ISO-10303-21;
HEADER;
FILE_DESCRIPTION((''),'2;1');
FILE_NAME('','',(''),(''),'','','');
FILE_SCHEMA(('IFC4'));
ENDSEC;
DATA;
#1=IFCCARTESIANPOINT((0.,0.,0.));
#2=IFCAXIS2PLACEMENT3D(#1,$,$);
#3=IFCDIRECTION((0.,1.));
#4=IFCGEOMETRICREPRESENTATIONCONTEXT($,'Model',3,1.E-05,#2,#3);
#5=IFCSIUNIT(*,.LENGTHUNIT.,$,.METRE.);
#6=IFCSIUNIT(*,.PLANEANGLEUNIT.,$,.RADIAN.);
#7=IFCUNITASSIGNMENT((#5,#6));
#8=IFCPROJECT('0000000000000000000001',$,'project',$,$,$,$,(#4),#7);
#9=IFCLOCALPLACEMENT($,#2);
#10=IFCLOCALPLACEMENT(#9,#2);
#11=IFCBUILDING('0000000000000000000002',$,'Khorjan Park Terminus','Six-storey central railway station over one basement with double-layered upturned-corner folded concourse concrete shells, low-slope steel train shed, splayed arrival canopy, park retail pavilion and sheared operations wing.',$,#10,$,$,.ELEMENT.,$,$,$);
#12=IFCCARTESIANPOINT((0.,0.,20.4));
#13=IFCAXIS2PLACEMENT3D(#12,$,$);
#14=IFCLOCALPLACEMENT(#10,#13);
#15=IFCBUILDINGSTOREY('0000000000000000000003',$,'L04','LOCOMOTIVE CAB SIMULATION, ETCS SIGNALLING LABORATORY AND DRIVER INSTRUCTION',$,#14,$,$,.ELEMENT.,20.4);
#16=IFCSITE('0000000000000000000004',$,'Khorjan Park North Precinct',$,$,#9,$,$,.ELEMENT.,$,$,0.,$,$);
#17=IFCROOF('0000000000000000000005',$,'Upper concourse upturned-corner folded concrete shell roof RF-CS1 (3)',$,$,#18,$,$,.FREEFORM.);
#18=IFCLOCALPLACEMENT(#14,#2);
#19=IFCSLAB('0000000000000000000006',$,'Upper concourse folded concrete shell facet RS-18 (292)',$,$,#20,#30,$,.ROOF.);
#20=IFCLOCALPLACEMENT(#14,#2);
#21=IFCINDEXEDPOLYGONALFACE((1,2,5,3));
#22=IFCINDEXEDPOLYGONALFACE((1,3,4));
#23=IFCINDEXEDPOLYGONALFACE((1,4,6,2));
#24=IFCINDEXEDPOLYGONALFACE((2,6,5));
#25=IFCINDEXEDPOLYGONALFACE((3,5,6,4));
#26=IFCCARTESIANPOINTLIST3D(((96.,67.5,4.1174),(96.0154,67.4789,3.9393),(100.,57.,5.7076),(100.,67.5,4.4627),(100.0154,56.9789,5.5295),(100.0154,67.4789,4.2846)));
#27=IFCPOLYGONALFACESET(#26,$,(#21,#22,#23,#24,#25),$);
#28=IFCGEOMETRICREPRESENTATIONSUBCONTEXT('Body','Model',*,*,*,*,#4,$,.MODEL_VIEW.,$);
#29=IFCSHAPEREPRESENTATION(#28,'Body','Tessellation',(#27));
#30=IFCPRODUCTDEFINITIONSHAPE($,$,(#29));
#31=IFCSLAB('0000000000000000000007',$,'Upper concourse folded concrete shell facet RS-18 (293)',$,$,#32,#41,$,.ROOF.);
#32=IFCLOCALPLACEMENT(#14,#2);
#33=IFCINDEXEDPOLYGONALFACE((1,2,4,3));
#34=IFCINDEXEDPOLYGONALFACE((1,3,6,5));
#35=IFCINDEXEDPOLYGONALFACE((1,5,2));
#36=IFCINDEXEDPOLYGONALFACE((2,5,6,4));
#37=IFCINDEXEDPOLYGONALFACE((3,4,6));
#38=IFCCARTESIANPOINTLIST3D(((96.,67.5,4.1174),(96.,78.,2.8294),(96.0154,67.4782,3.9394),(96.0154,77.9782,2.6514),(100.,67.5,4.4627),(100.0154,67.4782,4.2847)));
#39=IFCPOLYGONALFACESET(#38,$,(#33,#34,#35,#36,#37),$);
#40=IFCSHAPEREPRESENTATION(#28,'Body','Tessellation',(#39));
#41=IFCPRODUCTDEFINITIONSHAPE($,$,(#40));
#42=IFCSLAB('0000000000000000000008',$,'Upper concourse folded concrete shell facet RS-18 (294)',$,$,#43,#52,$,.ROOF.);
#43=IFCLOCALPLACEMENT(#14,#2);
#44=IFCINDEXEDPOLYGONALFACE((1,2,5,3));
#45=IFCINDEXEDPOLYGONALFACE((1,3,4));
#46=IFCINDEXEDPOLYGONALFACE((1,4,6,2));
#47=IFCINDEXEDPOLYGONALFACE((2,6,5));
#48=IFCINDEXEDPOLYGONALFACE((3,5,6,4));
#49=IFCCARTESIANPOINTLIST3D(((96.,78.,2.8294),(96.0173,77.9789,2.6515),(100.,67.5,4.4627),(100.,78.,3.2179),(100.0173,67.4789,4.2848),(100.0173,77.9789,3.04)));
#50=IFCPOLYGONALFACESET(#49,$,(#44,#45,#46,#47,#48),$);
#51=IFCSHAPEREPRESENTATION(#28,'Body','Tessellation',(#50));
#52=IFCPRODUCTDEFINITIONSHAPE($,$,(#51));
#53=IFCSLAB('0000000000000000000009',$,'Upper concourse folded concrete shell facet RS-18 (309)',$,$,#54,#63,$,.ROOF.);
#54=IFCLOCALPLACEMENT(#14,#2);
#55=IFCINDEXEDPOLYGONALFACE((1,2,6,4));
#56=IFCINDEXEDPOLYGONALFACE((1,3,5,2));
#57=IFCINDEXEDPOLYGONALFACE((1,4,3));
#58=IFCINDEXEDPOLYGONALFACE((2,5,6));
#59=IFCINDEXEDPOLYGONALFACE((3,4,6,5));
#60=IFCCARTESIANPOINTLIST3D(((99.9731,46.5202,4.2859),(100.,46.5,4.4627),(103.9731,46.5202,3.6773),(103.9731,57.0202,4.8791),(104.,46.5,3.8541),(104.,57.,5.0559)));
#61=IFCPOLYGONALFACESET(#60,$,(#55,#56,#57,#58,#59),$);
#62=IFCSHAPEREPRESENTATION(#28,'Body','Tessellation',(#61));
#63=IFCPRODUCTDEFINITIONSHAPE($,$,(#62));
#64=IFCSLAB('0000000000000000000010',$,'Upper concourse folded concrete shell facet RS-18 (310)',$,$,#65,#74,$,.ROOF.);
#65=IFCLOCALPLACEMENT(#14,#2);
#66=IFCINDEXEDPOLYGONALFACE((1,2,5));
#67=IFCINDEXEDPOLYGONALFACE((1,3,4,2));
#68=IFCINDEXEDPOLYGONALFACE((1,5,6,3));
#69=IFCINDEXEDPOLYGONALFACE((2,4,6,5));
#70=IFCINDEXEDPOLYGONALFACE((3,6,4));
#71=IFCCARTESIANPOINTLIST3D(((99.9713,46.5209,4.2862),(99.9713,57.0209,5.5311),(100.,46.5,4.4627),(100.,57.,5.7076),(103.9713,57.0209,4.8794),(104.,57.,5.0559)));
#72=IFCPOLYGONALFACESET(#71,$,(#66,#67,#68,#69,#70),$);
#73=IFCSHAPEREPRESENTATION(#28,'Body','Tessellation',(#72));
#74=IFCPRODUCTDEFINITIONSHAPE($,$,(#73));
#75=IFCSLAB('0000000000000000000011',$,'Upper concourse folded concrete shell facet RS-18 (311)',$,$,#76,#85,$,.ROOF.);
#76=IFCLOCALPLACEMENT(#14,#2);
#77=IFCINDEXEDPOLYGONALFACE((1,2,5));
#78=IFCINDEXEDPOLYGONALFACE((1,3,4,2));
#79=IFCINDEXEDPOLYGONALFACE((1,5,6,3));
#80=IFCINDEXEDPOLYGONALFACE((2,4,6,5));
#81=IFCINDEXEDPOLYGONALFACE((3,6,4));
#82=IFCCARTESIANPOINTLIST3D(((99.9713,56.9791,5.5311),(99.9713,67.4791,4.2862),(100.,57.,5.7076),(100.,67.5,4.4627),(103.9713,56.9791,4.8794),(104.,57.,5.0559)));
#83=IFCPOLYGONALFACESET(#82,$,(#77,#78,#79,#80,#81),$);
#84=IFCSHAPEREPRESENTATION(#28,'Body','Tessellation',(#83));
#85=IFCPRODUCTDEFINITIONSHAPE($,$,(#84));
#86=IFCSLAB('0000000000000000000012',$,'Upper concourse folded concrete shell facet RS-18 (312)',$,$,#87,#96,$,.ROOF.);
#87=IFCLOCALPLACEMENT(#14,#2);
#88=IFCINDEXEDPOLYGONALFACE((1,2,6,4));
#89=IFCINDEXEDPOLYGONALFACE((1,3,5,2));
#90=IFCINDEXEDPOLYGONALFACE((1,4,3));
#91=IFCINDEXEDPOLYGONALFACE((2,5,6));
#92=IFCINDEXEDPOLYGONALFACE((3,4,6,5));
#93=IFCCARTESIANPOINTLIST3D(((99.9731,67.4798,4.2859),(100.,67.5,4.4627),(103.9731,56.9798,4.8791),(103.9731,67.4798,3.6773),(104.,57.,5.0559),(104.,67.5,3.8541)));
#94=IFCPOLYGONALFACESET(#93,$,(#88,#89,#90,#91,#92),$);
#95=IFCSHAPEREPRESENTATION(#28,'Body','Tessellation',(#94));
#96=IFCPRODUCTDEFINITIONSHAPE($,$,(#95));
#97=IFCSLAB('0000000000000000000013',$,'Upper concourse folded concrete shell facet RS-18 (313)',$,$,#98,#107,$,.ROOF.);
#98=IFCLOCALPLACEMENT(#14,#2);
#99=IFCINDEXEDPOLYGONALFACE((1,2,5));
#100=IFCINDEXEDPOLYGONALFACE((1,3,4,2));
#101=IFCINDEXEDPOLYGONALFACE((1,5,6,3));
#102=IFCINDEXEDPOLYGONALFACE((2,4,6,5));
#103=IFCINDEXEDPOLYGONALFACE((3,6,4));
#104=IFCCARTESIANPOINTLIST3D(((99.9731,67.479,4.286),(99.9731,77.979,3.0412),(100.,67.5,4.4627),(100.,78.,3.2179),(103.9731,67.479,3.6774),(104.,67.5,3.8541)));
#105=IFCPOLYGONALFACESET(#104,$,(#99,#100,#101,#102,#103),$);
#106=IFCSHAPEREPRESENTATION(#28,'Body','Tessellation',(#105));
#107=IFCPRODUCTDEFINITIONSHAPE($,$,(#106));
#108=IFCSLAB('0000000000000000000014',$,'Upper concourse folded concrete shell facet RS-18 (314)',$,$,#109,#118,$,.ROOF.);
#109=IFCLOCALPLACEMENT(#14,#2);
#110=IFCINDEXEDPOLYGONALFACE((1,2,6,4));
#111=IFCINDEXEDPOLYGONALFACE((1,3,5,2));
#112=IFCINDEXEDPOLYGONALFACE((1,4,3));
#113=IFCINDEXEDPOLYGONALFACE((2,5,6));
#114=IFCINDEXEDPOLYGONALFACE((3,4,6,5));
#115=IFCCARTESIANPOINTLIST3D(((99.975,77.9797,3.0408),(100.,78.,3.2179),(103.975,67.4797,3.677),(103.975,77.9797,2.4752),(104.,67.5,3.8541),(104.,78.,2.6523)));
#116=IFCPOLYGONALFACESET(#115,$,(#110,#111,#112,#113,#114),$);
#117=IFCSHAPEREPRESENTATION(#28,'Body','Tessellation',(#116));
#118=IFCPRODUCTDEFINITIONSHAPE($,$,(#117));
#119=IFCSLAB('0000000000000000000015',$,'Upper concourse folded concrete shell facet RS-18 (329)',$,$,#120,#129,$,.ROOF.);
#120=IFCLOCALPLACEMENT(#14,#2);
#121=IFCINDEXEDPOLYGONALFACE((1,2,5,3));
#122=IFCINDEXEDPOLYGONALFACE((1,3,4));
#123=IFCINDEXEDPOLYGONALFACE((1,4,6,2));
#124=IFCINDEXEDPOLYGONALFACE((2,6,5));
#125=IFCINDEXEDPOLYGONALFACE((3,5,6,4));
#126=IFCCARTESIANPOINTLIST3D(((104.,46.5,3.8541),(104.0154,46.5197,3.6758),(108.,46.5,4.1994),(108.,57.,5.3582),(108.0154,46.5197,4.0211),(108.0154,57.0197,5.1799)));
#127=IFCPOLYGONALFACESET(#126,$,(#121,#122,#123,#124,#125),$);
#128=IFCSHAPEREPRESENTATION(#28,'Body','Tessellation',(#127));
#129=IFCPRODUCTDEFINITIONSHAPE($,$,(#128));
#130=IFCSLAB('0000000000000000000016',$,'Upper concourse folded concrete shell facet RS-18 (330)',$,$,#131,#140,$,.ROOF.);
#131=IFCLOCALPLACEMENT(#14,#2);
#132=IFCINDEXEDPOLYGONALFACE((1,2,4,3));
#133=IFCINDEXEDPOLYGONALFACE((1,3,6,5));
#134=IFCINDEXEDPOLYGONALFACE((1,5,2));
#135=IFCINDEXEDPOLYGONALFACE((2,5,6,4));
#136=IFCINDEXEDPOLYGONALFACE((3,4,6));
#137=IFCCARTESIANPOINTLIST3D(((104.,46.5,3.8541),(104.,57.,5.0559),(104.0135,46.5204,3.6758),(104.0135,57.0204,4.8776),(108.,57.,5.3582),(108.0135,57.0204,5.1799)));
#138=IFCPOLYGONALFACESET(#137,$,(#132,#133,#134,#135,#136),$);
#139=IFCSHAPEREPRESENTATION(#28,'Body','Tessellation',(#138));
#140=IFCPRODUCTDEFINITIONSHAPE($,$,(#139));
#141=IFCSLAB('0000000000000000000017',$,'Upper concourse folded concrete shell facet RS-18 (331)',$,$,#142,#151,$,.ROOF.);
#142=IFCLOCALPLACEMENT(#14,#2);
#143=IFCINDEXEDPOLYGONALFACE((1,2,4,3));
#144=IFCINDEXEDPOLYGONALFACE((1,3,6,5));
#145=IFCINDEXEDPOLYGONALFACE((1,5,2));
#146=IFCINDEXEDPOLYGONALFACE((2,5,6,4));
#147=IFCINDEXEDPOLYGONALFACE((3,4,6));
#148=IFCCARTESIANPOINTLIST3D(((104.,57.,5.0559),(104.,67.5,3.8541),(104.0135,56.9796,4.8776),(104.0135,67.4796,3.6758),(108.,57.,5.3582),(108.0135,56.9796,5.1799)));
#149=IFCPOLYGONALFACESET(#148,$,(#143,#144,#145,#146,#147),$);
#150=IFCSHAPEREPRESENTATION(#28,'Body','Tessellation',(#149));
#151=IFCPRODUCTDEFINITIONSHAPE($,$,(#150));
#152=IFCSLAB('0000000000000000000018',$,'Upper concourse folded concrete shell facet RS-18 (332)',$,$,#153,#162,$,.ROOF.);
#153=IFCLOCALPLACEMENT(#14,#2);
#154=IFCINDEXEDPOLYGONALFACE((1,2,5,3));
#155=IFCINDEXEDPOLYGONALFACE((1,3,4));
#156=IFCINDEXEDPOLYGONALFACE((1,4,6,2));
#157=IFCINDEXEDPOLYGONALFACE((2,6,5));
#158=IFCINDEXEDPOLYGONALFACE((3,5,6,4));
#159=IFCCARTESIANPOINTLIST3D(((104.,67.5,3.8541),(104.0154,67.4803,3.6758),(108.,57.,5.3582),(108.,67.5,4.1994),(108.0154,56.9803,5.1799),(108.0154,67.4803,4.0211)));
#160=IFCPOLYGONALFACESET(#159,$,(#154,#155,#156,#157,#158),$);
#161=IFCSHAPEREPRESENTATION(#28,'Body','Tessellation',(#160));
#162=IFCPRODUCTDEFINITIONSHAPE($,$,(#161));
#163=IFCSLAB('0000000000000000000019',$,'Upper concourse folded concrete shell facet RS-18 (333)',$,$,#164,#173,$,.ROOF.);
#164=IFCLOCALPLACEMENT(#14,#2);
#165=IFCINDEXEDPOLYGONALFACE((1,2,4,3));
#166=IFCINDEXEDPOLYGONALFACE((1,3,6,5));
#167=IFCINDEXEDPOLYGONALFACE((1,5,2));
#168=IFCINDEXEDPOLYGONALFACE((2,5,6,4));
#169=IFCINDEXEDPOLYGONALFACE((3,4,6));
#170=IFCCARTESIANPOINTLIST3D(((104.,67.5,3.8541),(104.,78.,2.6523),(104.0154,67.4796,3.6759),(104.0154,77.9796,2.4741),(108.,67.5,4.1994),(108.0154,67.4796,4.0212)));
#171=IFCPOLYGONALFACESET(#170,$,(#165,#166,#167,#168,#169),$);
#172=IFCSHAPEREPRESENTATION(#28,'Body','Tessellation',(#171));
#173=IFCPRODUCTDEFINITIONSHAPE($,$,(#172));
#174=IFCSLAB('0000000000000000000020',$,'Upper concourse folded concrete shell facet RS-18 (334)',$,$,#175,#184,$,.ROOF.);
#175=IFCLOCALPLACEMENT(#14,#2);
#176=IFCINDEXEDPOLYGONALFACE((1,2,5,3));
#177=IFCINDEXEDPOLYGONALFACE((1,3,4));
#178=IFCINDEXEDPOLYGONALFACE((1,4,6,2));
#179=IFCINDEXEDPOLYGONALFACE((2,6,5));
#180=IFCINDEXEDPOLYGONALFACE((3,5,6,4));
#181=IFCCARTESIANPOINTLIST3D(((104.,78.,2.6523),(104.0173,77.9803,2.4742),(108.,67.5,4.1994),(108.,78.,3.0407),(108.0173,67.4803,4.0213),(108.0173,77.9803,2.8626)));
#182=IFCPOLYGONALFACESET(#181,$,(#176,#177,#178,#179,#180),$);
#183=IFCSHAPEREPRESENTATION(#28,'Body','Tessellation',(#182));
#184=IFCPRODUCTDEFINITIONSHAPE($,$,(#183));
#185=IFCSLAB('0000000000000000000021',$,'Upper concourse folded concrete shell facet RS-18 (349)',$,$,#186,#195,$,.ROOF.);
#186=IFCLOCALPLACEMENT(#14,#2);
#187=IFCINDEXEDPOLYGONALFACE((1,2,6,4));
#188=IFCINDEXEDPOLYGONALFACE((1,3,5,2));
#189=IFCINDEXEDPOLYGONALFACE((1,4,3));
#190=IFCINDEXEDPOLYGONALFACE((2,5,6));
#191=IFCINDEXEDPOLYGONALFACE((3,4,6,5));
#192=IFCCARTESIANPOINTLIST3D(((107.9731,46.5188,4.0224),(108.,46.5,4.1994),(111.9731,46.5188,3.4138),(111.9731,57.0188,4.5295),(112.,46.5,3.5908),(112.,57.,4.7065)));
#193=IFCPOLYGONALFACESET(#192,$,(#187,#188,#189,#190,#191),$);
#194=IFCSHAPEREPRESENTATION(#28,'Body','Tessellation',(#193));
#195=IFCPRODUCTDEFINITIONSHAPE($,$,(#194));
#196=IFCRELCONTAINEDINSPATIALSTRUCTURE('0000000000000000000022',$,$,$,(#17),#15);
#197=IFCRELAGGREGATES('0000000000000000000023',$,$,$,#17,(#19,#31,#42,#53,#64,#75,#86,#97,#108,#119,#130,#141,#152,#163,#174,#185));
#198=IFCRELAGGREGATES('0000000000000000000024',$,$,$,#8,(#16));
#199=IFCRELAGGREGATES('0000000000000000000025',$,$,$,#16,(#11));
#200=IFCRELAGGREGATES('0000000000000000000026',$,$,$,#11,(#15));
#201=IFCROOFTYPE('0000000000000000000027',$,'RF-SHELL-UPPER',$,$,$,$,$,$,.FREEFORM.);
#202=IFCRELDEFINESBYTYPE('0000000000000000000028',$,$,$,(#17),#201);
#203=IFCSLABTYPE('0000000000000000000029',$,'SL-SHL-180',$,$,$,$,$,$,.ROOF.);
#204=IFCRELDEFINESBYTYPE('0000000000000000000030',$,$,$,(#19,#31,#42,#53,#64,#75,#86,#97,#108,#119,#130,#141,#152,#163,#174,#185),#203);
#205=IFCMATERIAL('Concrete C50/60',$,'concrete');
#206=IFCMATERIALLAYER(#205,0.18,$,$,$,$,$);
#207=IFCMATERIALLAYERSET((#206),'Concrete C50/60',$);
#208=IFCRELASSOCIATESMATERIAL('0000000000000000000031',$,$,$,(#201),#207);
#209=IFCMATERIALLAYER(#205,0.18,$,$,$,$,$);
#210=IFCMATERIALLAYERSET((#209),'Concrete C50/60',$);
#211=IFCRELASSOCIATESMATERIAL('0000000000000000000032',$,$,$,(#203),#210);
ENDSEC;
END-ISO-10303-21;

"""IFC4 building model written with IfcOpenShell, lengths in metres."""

from ifc_helpers import new_model, si_unit, direction, frame, origin, place, context, subcontext, project, spatial, polyline, outline, extrude, material, layer, layer_set, type_object, element, aggregate, save


model = new_model("IFC4")

# Units and contexts
model_context = context("Model", 3, precision=1e-05, world=origin(), true_north=direction((0.0, 1.0)))
body_context = subcontext(model_context, "Body", "Model", "MODEL_VIEW")
ifc_project = project(units=[si_unit("LENGTHUNIT", "METRE"), si_unit("PLANEANGLEUNIT", "RADIAN")], contexts=[model_context])

# Site, building, storey
site_placement = place(None, origin())
site = spatial("IfcSite", under=ifc_project, at=site_placement, Name="Khorjan Park North Precinct", CompositionType="ELEMENT", RefElevation=0.0)
building_placement = place(site_placement, origin())
building = spatial("IfcBuilding", under=site, at=building_placement, Name="Khorjan Park Terminus", Description="Six-storey central railway station over one basement with double-layered upturned-corner folded concourse concrete shells, low-slope steel train shed, splayed arrival canopy, park retail pavilion and sheared operations wing.", CompositionType="ELEMENT")
storey_placement = place(building_placement, frame((0.0, 0.0, 20.4)))
storey = spatial("IfcBuildingStorey", under=building, at=storey_placement, Name="L04", Description="LOCOMOTIVE CAB SIMULATION, ETCS SIGNALLING LABORATORY AND DRIVER INSTRUCTION", CompositionType="ELEMENT", Elevation=20.4)

# Roof, slabs
ifc_material = material(Name="Concrete C50/60", Category="concrete")
ifc_layer_1 = layer(ifc_material, 0.18)
ifc_layer_set_1 = layer_set([ifc_layer_1], Name="Concrete C50/60")
roof_type = type_object("IfcRoofType", Name="RF-SHELL-UPPER", PredefinedType="FREEFORM", material=ifc_layer_set_1)
roof_placement = place(storey_placement, origin())
roof = element("IfcRoof", 1, at=roof_placement, inside=storey, type_object=roof_type, Name="Upper concourse upturned-corner folded concrete shell roof RF-CS1 (3)", PredefinedType="FREEFORM")
ifc_layer_2 = layer(ifc_material, 0.18)
ifc_layer_set_2 = layer_set([ifc_layer_2], Name="Concrete C50/60")
slab_type = type_object("IfcSlabType", Name="SL-SHL-180", PredefinedType="ROOF", material=ifc_layer_set_2)
slab_1_placement = place(storey_placement, frame((100.0, 57.0, 5.7076), z_axis=(-0.085411, 0.117307, 0.989416), x_axis=(0.0, 0.993045, -0.117737)))
slab_1 = element("IfcSlab", 2, at=slab_1_placement, type_object=slab_type, Name="Upper concourse folded concrete shell facet RS-18 (292)", PredefinedType="ROOF", context=body_context, shape_type="SweptSolid", body=[
    extrude(outline(polyline([(0.0, 0.0), (10.5735, 0.0), (10.6142, 4.0147), (0.0, 0.0)])), origin(), (0.0, 0.0, -1.0), 0.18),
])
slab_2_placement = place(storey_placement, frame((96.0, 67.5, 4.1174), z_axis=(-0.08537, 0.12131, 0.988937), x_axis=(0.996295, 0.0, 0.086005)))
slab_2 = element("IfcSlab", 3, at=slab_2_placement, type_object=slab_type, Name="Upper concourse folded concrete shell facet RS-18 (293)", PredefinedType="ROOF", context=body_context, shape_type="SweptSolid", body=[
    extrude(outline(polyline([(0.0, 0.0), (4.0149, 0.0), (-0.1108, 10.5781), (0.0, 0.0)])), origin(), (0.0, 0.0, -1.0), 0.18),
])
slab_3_placement = place(storey_placement, frame((100.0, 67.5, 4.4627), z_axis=(-0.096004, 0.117184, 0.988459), x_axis=(0.0, 0.993046, -0.117728)))
slab_3 = element("IfcSlab", 4, at=slab_3_placement, type_object=slab_type, Name="Upper concourse folded concrete shell facet RS-18 (294)", PredefinedType="ROOF", context=body_context, shape_type="SweptSolid", body=[
    extrude(outline(polyline([(0.0, 0.0), (10.5735, 0.0), (10.6193, 4.0186), (0.0, 0.0)])), origin(), (0.0, 0.0, -1.0), 0.18),
])
slab_4_placement = place(storey_placement, frame((100.0, 46.5, 4.4627), z_axis=(0.149465, -0.112437, 0.982353), x_axis=(0.988622, 0.0, -0.150419)))
slab_4 = element("IfcSlab", 5, at=slab_4_placement, type_object=slab_type, Name="Upper concourse folded concrete shell facet RS-18 (309)", PredefinedType="ROOF", context=body_context, shape_type="SweptSolid", body=[
    extrude(outline(polyline([(0.0, 0.0), (4.046, 0.0), (3.8653, 10.567), (0.0, 0.0)])), origin(), (0.0, 0.0, -1.0), 0.18),
])
slab_5_placement = place(storey_placement, frame((100.0, 46.5, 4.4627), z_axis=(0.159715, -0.116226, 0.980297), x_axis=(0.3555, 0.933188, 0.052721)))
slab_5 = element("IfcSlab", 6, at=slab_5_placement, type_object=slab_type, Name="Upper concourse folded concrete shell facet RS-18 (310)", PredefinedType="ROOF", context=body_context, shape_type="SweptSolid", body=[
    extrude(outline(polyline([(0.0, 0.0), (11.2518, 0.0), (9.8641, 3.8078), (0.0, 0.0)])), origin(), (0.0, 0.0, -1.0), 0.18),
])
slab_6_placement = place(storey_placement, frame((100.0, 57.0, 5.7076), z_axis=(0.159715, 0.116226, 0.980297), x_axis=(0.986986, 0.0, -0.160805)))
slab_6 = element("IfcSlab", 7, at=slab_6_placement, type_object=slab_type, Name="Upper concourse folded concrete shell facet RS-18 (311)", PredefinedType="ROOF", context=body_context, shape_type="SweptSolid", body=[
    extrude(outline(polyline([(0.0, 0.0), (4.0527, 0.0), (0.2002, 10.5716), (0.0, 0.0)])), origin(), (0.0, 0.0, -1.0), 0.18),
])
slab_7_placement = place(storey_placement, frame((104.0, 57.0, 5.0559), z_axis=(0.149465, 0.112437, 0.982353), x_axis=(0.0, 0.993513, -0.113715)))
slab_7 = element("IfcSlab", 8, at=slab_7_placement, type_object=slab_type, Name="Upper concourse folded concrete shell facet RS-18 (312)", PredefinedType="ROOF", context=body_context, shape_type="SweptSolid", body=[
    extrude(outline(polyline([(0.0, 0.0), (10.5686, 0.0), (10.4993, 4.0454), (0.0, 0.0)])), origin(), (0.0, 0.0, -1.0), 0.18),
])
slab_8_placement = place(storey_placement, frame((100.0, 67.5, 4.4627), z_axis=(0.149396, 0.116407, 0.981901), x_axis=(0.988622, 0.0, -0.150419)))
slab_8 = element("IfcSlab", 9, at=slab_8_placement, type_object=slab_type, Name="Upper concourse folded concrete shell facet RS-18 (313)", PredefinedType="ROOF", context=body_context, shape_type="SweptSolid", body=[
    extrude(outline(polyline([(0.0, 0.0), (4.046, 0.0), (0.1872, 10.5719), (0.0, 0.0)])), origin(), (0.0, 0.0, -1.0), 0.18),
])
slab_9_placement = place(storey_placement, frame((104.0, 67.5, 3.8541), z_axis=(0.139117, 0.112609, 0.983853), x_axis=(0.0, 0.993513, -0.113715)))
slab_9 = element("IfcSlab", 10, at=slab_9_placement, type_object=slab_type, Name="Upper concourse folded concrete shell facet RS-18 (314)", PredefinedType="ROOF", context=body_context, shape_type="SweptSolid", body=[
    extrude(outline(polyline([(0.0, 0.0), (10.5686, 0.0), (10.5042, 4.0393), (0.0, 0.0)])), origin(), (0.0, 0.0, -1.0), 0.18),
])
slab_10_placement = place(storey_placement, frame((104.0, 46.5, 3.8541), z_axis=(-0.08549, -0.109294, 0.990326), x_axis=(0.996295, 0.0, 0.086005)))
slab_10 = element("IfcSlab", 11, at=slab_10_placement, type_object=slab_type, Name="Upper concourse folded concrete shell facet RS-18 (329)", PredefinedType="ROOF", context=body_context, shape_type="SweptSolid", body=[
    extrude(outline(polyline([(0.0, 0.0), (4.0149, 0.0), (4.1145, 10.5633), (0.0, 0.0)])), origin(), (0.0, 0.0, -1.0), 0.18),
])
slab_11_placement = place(storey_placement, frame((104.0, 46.5, 3.8541), z_axis=(-0.074874, -0.113396, 0.990725), x_axis=(0.352848, 0.926226, 0.13268)))
slab_11 = element("IfcSlab", 12, at=slab_11_placement, type_object=slab_type, Name="Upper concourse folded concrete shell facet RS-18 (330)", PredefinedType="ROOF", context=body_context, shape_type="SweptSolid", body=[
    extrude(outline(polyline([(0.0, 0.0), (11.3363, 0.0), (9.8848, 3.7396), (0.0, 0.0)])), origin(), (0.0, 0.0, -1.0), 0.18),
])
slab_12_placement = place(storey_placement, frame((104.0, 57.0, 5.0559), z_axis=(-0.074874, 0.113396, 0.990725), x_axis=(0.997156, 0.0, 0.07536)))
slab_12 = element("IfcSlab", 13, at=slab_12_placement, type_object=slab_type, Name="Upper concourse folded concrete shell facet RS-18 (331)", PredefinedType="ROOF", context=body_context, shape_type="SweptSolid", body=[
    extrude(outline(polyline([(0.0, 0.0), (4.0114, 0.0), (-0.0906, 10.5682), (0.0, 0.0)])), origin(), (0.0, 0.0, -1.0), 0.18),
])
slab_13_placement = place(storey_placement, frame((108.0, 57.0, 5.3582), z_axis=(-0.08549, 0.109294, 0.990326), x_axis=(0.0, 0.993965, -0.109696)))
slab_13 = element("IfcSlab", 14, at=slab_13_placement, type_object=slab_type, Name="Upper concourse folded concrete shell facet RS-18 (332)", PredefinedType="ROOF", context=body_context, shape_type="SweptSolid", body=[
    extrude(outline(polyline([(0.0, 0.0), (10.5638, 0.0), (10.6016, 4.0147), (0.0, 0.0)])), origin(), (0.0, 0.0, -1.0), 0.18),
])
slab_14_placement = place(storey_placement, frame((104.0, 67.5, 3.8541), z_axis=(-0.085451, 0.113299, 0.98988), x_axis=(0.996295, 0.0, 0.086005)))
slab_14 = element("IfcSlab", 15, at=slab_14_placement, type_object=slab_type, Name="Upper concourse folded concrete shell facet RS-18 (333)", PredefinedType="ROOF", context=body_context, shape_type="SweptSolid", body=[
    extrude(outline(polyline([(0.0, 0.0), (4.0149, 0.0), (-0.1034, 10.568), (0.0, 0.0)])), origin(), (0.0, 0.0, -1.0), 0.18),
])
slab_15_placement = place(storey_placement, frame((108.0, 67.5, 4.1994), z_axis=(-0.096068, 0.109179, 0.989369), x_axis=(0.0, 0.993966, -0.109687)))
slab_15 = element("IfcSlab", 16, at=slab_15_placement, type_object=slab_type, Name="Upper concourse folded concrete shell facet RS-18 (334)", PredefinedType="ROOF", context=body_context, shape_type="SweptSolid", body=[
    extrude(outline(polyline([(0.0, 0.0), (10.5637, 0.0), (10.6063, 4.0186), (0.0, 0.0)])), origin(), (0.0, 0.0, -1.0), 0.18),
])
slab_16_placement = place(storey_placement, frame((108.0, 46.5, 4.1994), z_axis=(0.149596, -0.104473, 0.983212), x_axis=(0.988622, 0.0, -0.150419)))
slab_16 = element("IfcSlab", 17, at=slab_16_placement, type_object=slab_type, Name="Upper concourse folded concrete shell facet RS-18 (349)", PredefinedType="ROOF", context=body_context, shape_type="SweptSolid", body=[
    extrude(outline(polyline([(0.0, 0.0), (4.046, 0.0), (3.8782, 10.5578), (0.0, 0.0)])), origin(), (0.0, 0.0, -1.0), 0.18),
])
aggregate(roof, [slab_1, slab_2, slab_3, slab_4, slab_5, slab_6, slab_7, slab_8, slab_9, slab_10, slab_11, slab_12, slab_13, slab_14, slab_15, slab_16])

save(model, "model.ifc")
